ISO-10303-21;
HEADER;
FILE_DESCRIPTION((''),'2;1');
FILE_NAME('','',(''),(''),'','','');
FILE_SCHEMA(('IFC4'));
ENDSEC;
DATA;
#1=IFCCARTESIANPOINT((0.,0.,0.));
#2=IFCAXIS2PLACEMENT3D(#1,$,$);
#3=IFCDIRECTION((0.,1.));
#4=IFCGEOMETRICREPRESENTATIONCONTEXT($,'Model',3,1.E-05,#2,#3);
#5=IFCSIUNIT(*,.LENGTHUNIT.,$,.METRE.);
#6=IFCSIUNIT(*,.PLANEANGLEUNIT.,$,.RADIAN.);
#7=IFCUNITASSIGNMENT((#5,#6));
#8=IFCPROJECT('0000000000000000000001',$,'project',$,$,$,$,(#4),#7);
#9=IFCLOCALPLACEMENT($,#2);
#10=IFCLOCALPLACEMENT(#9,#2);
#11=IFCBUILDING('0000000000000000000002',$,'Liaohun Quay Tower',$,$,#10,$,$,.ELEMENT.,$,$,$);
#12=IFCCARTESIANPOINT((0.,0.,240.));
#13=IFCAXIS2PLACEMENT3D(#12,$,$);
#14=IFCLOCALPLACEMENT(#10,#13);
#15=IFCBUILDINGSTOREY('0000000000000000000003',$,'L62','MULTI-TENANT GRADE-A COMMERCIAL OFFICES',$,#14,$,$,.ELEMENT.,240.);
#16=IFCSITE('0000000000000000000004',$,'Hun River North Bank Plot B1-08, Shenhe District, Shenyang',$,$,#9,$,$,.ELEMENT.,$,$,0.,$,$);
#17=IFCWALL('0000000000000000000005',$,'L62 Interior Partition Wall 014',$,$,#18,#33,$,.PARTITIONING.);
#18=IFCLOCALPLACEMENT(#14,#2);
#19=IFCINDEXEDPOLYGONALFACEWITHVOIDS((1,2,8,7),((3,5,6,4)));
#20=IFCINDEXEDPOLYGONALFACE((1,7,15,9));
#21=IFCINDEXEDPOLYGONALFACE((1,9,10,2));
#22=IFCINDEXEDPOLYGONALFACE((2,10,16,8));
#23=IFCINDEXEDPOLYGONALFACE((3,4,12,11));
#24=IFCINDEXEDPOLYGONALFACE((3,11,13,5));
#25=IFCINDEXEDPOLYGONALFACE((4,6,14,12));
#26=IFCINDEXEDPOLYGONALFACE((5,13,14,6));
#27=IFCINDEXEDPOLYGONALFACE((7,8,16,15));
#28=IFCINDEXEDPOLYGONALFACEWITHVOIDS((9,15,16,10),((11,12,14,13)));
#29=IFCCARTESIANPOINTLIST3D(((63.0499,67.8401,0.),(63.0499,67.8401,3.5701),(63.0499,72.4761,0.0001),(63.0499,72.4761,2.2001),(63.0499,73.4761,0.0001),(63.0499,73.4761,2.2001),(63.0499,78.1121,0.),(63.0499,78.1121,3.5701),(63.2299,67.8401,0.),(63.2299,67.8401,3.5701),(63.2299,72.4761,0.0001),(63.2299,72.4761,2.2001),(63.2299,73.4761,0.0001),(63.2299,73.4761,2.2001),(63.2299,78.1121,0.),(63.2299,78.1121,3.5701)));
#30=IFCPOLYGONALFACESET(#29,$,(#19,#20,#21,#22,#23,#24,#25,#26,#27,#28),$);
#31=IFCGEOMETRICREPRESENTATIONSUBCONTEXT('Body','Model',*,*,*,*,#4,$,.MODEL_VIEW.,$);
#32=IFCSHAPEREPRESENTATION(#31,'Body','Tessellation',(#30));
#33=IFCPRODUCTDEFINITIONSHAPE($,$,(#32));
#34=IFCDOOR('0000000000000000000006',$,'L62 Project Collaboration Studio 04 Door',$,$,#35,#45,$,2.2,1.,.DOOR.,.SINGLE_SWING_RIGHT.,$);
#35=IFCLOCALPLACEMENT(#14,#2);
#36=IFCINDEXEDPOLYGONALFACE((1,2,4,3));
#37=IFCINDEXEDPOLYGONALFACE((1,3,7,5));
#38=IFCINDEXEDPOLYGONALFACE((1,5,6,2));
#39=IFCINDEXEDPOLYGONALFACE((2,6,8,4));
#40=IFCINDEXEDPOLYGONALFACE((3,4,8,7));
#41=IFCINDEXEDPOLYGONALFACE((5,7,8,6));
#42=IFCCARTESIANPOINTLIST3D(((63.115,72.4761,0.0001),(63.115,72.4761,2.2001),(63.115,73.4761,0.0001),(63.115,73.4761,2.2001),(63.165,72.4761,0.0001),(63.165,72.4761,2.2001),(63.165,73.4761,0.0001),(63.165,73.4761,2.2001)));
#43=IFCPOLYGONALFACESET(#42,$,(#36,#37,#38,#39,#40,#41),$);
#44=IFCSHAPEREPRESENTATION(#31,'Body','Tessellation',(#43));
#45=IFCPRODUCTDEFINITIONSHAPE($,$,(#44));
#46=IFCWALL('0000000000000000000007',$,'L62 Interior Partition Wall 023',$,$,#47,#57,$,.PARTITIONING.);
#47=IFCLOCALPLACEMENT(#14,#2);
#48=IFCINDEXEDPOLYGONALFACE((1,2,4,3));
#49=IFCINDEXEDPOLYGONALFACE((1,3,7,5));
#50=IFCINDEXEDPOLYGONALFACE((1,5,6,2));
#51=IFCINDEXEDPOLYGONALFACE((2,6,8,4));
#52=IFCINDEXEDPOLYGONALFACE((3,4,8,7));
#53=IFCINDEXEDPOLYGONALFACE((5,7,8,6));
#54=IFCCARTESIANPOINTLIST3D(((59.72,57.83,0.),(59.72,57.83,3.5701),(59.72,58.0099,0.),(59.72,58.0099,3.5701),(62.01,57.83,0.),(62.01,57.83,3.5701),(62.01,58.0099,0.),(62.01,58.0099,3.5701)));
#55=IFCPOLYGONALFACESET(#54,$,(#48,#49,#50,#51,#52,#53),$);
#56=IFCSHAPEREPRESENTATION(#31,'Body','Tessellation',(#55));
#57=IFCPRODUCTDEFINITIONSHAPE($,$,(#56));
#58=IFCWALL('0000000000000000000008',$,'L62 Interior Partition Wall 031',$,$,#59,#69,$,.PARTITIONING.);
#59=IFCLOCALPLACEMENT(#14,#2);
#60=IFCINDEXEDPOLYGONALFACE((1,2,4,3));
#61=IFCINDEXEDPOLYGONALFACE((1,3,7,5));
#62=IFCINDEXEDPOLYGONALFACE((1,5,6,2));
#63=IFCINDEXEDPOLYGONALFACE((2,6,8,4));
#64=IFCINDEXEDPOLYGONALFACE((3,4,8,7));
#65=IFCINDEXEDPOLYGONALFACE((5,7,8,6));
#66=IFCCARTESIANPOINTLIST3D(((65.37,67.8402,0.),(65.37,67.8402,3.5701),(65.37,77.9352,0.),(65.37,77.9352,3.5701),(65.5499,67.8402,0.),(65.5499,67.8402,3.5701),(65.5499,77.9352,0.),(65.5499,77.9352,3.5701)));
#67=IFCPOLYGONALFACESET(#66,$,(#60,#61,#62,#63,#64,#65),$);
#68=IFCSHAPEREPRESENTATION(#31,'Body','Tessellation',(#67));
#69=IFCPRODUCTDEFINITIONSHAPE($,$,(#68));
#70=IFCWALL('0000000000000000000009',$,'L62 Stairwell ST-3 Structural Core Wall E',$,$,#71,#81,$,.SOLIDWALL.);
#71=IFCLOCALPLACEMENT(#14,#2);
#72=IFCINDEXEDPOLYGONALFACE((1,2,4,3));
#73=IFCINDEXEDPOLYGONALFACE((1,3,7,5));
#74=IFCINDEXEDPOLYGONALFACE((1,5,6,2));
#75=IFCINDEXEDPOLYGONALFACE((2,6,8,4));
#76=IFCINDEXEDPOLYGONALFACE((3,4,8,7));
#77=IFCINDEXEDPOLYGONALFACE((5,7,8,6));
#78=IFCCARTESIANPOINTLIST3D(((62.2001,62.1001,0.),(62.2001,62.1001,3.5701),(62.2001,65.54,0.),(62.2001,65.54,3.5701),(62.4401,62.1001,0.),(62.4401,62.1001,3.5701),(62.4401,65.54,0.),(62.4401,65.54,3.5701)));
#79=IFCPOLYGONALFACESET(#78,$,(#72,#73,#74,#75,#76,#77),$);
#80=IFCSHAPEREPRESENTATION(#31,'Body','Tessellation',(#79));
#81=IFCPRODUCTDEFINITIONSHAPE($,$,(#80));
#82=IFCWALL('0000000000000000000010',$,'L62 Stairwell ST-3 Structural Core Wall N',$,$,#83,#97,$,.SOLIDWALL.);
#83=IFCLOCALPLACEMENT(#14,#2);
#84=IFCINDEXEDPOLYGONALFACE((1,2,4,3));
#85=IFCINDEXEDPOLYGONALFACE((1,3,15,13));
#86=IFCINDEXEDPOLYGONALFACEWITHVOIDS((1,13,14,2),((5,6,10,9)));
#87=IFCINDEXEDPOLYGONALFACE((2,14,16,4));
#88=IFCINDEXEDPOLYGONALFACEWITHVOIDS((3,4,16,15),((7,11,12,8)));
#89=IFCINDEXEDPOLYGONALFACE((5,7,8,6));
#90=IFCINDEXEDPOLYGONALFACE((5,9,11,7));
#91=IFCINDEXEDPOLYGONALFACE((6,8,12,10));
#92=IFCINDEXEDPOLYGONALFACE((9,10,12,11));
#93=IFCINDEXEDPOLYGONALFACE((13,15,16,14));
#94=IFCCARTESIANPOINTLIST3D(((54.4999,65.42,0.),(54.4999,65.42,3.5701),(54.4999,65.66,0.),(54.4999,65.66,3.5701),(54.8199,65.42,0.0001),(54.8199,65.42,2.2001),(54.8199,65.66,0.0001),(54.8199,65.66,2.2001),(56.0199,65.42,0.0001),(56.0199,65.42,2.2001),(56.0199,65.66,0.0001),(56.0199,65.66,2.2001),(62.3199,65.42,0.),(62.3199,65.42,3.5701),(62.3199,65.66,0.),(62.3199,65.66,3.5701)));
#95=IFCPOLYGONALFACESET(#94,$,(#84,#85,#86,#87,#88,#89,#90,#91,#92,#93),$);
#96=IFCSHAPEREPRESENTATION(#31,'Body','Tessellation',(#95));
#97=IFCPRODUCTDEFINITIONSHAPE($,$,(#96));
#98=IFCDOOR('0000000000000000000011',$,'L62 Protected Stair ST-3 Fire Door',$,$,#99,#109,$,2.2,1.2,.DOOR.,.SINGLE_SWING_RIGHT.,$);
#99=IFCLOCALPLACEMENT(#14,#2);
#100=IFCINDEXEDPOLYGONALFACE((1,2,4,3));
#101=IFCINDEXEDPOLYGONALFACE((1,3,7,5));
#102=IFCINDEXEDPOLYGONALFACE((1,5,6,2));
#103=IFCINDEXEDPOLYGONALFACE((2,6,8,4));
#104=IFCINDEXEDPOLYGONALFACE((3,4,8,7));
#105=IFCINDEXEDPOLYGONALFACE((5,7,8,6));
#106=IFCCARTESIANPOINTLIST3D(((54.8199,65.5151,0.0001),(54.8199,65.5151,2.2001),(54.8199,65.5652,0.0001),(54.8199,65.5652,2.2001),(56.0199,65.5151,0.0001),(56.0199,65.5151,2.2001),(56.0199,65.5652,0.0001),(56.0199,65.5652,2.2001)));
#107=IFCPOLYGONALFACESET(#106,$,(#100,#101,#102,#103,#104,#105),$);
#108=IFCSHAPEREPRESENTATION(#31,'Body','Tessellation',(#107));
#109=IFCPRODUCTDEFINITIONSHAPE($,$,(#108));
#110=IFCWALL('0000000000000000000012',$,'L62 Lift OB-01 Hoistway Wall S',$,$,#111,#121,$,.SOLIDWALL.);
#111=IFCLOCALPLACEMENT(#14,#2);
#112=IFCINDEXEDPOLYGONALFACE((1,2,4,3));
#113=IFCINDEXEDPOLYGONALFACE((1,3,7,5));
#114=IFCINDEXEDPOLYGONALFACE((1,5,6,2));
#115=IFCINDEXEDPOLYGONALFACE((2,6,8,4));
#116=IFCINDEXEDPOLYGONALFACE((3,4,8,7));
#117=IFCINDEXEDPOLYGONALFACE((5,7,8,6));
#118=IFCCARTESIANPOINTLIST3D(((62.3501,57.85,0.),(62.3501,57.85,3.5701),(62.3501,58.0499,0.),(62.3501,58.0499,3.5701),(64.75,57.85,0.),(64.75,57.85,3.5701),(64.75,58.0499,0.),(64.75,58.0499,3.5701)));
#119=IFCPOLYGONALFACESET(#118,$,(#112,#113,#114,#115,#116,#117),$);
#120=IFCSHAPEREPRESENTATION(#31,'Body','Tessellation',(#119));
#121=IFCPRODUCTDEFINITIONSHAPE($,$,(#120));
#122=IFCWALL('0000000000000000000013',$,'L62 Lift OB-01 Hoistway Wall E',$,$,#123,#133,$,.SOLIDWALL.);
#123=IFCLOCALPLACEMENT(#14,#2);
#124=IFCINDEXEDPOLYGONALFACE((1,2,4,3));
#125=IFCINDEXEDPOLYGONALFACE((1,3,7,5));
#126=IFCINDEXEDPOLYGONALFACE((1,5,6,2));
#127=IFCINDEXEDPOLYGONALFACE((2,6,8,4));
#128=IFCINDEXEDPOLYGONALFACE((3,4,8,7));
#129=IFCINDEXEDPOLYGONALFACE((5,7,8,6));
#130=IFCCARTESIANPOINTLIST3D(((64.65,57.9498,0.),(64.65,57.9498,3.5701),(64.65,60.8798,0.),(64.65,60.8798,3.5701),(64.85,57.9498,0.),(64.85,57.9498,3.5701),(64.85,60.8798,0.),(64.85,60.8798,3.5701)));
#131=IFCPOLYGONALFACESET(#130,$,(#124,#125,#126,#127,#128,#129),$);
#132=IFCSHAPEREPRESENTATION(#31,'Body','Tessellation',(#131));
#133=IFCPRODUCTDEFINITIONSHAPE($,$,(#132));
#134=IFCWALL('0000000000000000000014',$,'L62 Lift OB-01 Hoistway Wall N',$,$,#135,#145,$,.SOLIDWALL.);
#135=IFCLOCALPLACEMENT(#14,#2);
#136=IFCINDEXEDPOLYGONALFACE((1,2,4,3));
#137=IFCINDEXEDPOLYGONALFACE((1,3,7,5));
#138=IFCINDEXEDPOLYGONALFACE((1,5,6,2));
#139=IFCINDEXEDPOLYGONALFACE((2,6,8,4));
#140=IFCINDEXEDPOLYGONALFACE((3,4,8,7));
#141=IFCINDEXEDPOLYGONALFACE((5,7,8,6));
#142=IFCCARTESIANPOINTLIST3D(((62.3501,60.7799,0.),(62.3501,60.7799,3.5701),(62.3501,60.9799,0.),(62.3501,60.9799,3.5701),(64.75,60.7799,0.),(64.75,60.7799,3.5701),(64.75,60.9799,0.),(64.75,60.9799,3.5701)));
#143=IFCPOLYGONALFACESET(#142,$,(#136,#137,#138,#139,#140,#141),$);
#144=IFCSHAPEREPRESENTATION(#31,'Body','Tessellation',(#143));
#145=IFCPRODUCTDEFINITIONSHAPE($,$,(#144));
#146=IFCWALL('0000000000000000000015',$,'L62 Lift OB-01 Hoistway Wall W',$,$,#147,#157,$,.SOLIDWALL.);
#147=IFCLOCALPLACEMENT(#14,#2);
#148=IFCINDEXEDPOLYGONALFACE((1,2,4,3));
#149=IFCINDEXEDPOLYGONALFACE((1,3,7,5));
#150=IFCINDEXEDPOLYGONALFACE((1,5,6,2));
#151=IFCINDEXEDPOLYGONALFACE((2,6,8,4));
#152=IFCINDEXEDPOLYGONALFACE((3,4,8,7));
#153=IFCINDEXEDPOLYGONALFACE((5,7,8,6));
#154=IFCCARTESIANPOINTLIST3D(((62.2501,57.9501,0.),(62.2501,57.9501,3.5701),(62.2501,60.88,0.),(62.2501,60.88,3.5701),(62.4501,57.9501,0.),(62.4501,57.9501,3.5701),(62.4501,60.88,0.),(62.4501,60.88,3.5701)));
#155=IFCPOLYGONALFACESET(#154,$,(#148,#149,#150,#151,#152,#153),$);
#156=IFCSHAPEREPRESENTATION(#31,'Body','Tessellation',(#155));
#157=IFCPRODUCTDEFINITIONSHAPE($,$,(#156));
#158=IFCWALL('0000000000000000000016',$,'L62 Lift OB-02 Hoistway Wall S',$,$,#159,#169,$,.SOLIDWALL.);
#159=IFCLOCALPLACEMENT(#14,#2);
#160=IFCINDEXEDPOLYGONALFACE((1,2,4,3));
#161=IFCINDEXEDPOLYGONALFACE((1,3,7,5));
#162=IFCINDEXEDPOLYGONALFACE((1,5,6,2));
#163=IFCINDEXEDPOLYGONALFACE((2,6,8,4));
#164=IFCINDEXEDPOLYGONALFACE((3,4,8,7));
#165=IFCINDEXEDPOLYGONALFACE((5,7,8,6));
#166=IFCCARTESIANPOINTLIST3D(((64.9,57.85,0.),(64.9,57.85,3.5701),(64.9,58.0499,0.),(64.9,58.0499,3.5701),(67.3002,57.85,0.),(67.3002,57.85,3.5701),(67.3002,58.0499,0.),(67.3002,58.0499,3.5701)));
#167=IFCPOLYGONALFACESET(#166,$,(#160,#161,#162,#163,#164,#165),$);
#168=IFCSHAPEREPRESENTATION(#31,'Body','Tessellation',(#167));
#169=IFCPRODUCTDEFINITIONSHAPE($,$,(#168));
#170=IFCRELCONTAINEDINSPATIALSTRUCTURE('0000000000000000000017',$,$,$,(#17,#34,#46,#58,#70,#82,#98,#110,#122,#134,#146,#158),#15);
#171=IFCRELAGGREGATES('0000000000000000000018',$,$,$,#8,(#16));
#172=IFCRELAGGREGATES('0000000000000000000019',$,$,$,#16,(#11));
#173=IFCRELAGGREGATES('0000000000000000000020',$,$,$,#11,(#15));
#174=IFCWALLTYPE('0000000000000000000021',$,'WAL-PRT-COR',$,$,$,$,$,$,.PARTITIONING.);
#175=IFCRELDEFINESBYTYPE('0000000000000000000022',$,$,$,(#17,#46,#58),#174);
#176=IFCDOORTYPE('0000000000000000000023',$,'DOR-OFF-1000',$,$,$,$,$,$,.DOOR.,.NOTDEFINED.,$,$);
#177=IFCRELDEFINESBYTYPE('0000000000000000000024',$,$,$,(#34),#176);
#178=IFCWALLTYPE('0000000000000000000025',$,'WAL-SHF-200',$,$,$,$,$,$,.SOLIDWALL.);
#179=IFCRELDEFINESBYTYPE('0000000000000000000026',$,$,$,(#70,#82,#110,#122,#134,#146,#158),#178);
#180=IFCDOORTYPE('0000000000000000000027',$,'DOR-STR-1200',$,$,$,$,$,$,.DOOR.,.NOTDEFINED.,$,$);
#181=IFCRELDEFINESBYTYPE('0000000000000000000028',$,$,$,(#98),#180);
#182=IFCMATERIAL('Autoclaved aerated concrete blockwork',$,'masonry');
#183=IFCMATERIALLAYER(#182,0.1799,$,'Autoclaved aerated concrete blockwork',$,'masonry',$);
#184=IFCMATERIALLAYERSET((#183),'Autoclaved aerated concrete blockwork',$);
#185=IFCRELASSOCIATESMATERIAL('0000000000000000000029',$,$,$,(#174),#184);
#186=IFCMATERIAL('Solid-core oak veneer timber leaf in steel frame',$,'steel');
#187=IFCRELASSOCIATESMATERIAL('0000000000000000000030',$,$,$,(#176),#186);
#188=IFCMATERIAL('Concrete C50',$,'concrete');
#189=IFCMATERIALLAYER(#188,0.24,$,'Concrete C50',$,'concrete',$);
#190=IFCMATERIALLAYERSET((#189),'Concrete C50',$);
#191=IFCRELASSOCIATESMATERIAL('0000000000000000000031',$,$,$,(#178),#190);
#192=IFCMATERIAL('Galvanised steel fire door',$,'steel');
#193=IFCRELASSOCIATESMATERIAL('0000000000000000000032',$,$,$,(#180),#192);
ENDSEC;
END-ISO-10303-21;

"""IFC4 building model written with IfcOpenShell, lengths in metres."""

from ifc_helpers import new_model, si_unit, direction, frame, frame_2d, origin, place, context, subcontext, project, spatial, rectangle, extrude, source, transform, mapped, material, layer, layer_set, type_object, element, fill, save


model = new_model("IFC4")

# Units and contexts
model_context = context("Model", 3, precision=1e-05, world=origin(), true_north=direction((0.0, 1.0)))
body_context = subcontext(model_context, "Body", "Model", "MODEL_VIEW")
ifc_project = project(units=[si_unit("LENGTHUNIT", "METRE"), si_unit("PLANEANGLEUNIT", "RADIAN")], contexts=[model_context])

# Site, building, storey
site_placement = place(None, origin())
site = spatial("IfcSite", under=ifc_project, at=site_placement, Name="Hun River North Bank Plot B1-08, Shenhe District, Shenyang", CompositionType="ELEMENT", RefElevation=0.0)
building_placement = place(site_placement, origin())
building = spatial("IfcBuilding", under=site, at=building_placement, Name="Liaohun Quay Tower", CompositionType="ELEMENT")
storey_placement = place(building_placement, frame((0.0, 0.0, 240.0)))
storey = spatial("IfcBuildingStorey", under=building, at=storey_placement, Name="L62", Description="MULTI-TENANT GRADE-A COMMERCIAL OFFICES", CompositionType="ELEMENT", Elevation=240.0)

# Wall, opening, door
ifc_material_1 = material(Name="Autoclaved aerated concrete blockwork", Category="masonry")
ifc_layer_1 = layer(ifc_material_1, 0.1799, Name="Autoclaved aerated concrete blockwork", Category="masonry")
ifc_layer_set_1 = layer_set([ifc_layer_1], Name="Autoclaved aerated concrete blockwork")
wall_type_1 = type_object("IfcWallType", Name="WAL-PRT-COR", PredefinedType="PARTITIONING", material=ifc_layer_set_1)
shared_shape_1 = source(origin(), body_context, "Body", "SweptSolid", [
    extrude(rectangle(XDim=1.0, YDim=2.2, at=frame_2d((0.5, 1.1001))), frame((0.0, 0.0999, 0.0), z_axis=(0.0, -1.0, 0.0), x_axis=(1.0, 0.0, 0.0)), (0.0, 0.0, 1.0), 0.2),
])
ifc_material_2 = material(Name="Solid-core oak veneer timber leaf in steel frame", Category="steel")
door_type_1 = type_object("IfcDoorType", Name="DOR-OFF-1000", OperationType="NOTDEFINED", PredefinedType="DOOR", material=ifc_material_2)
shared_shape_2 = source(origin(), body_context, "Body", "SweptSolid", [
    extrude(rectangle(XDim=1.0, YDim=2.2, at=frame_2d((0.5, 1.1001))), frame((0.0, 0.0249, 0.0), z_axis=(0.0, -1.0, 0.0), x_axis=(1.0, 0.0, 0.0)), (0.0, 0.0, 1.0), 0.05),
])
wall_1_placement = place(storey_placement, frame((63.1399, 67.8401, 0.0), z_axis=(0.0, 0.0, 1.0), x_axis=(0.0, 1.0, 0.0)))
wall_1 = element("IfcWall", 1, at=wall_1_placement, inside=storey, type_object=wall_type_1, Name="L62 Interior Partition Wall 014", PredefinedType="PARTITIONING", context=body_context, shape_type="SweptSolid", body=[
    extrude(rectangle(XDim=10.272, YDim=0.1799, at=frame_2d((5.136, 0.0))), origin(), (0.0, 0.0, 1.0), 3.5701),
])
opening_1_placement = place(wall_1_placement, frame((4.636, 0.0, 0.0)))
opening_1 = element("IfcOpeningElement", 2, at=opening_1_placement, cuts=wall_1, PredefinedType="OPENING", context=body_context, shape_type="MappedRepresentation", body=[
    mapped(shared_shape_1, transform((0.0, 0.0, 0.0), x_axis=(1.0, 0.0, 0.0), y_axis=(0.0, 1.0, 0.0), z_axis=(0.0, 0.0, 1.0), scale=1.0)),
])
door_1_placement = place(opening_1_placement, origin())
door_1 = element("IfcDoor", 3, at=door_1_placement, inside=storey, type_object=door_type_1, Name="L62 Project Collaboration Studio 04 Door", OperationType="SINGLE_SWING_RIGHT", OverallHeight=2.2, OverallWidth=1.0, PredefinedType="DOOR", context=body_context, shape_type="MappedRepresentation", body=[
    mapped(shared_shape_2, transform((0.0, 0.0, 0.0), x_axis=(1.0, 0.0, 0.0), y_axis=(0.0, 1.0, 0.0), z_axis=(0.0, 0.0, 1.0), scale=1.0)),
])
fill(opening_1, door_1)

# Walls
wall_2_placement = place(storey_placement, frame((59.72, 57.9199, 0.0), z_axis=(0.0, 0.0, 1.0), x_axis=(1.0, 0.0, 0.0)))
element("IfcWall", 4, at=wall_2_placement, inside=storey, type_object=wall_type_1, Name="L62 Interior Partition Wall 023", PredefinedType="PARTITIONING", context=body_context, shape_type="SweptSolid", body=[
    extrude(rectangle(XDim=2.29, YDim=0.1799, at=frame_2d((1.145, 0.0))), origin(), (0.0, 0.0, 1.0), 3.5701),
])
wall_3_placement = place(storey_placement, frame((65.46, 77.9351, 0.0), z_axis=(0.0, 0.0, 1.0), x_axis=(0.0, -1.0, 0.0)))
element("IfcWall", 5, at=wall_3_placement, inside=storey, type_object=wall_type_1, Name="L62 Interior Partition Wall 031", PredefinedType="PARTITIONING", context=body_context, shape_type="SweptSolid", body=[
    extrude(rectangle(XDim=10.095, YDim=0.1799, at=frame_2d((5.0474, 0.0))), origin(), (0.0, 0.0, 1.0), 3.5701),
])
ifc_material_3 = material(Name="Concrete C50", Category="concrete")
ifc_layer_2 = layer(ifc_material_3, 0.24, Name="Concrete C50", Category="concrete")
ifc_layer_set_2 = layer_set([ifc_layer_2], Name="Concrete C50")
wall_type_2 = type_object("IfcWallType", Name="WAL-SHF-200", PredefinedType="SOLIDWALL", material=ifc_layer_set_2)
wall_4_placement = place(storey_placement, frame((62.3201, 62.1001, 0.0), z_axis=(0.0, 0.0, 1.0), x_axis=(0.0, 1.0, 0.0)))
element("IfcWall", 6, at=wall_4_placement, inside=storey, type_object=wall_type_2, Name="L62 Stairwell ST-3 Structural Core Wall E", PredefinedType="SOLIDWALL", context=body_context, shape_type="SweptSolid", body=[
    extrude(rectangle(XDim=3.4399, YDim=0.24, at=frame_2d((1.72, 0.0))), origin(), (0.0, 0.0, 1.0), 3.5701),
])

# Wall, opening, door
wall_5_placement = place(storey_placement, frame((62.3201, 65.54, 0.0), z_axis=(0.0, 0.0, 1.0), x_axis=(-1.0, 0.0, 0.0)))
wall_5 = element("IfcWall", 7, at=wall_5_placement, inside=storey, type_object=wall_type_2, Name="L62 Stairwell ST-3 Structural Core Wall N", PredefinedType="SOLIDWALL", context=body_context, shape_type="SweptSolid", body=[
    extrude(rectangle(XDim=7.8201, YDim=0.24, at=frame_2d((3.9102, 0.0))), origin(), (0.0, 0.0, 1.0), 3.5701),
])
shared_shape_3 = source(origin(), body_context, "Body", "SweptSolid", [
    extrude(rectangle(XDim=1.2, YDim=2.2, at=frame_2d((0.6001, 1.1001))), frame((0.0, 0.1299, 0.0), z_axis=(0.0, -1.0, 0.0), x_axis=(1.0, 0.0, 0.0)), (0.0, 0.0, 1.0), 0.26),
])
opening_2_placement = place(wall_5_placement, frame((6.3, 0.0, 0.0)))
opening_2 = element("IfcOpeningElement", 8, at=opening_2_placement, cuts=wall_5, PredefinedType="OPENING", context=body_context, shape_type="MappedRepresentation", body=[
    mapped(shared_shape_3, transform((0.0, 0.0, 0.0), x_axis=(1.0, 0.0, 0.0), y_axis=(0.0, 1.0, 0.0), z_axis=(0.0, 0.0, 1.0), scale=1.0)),
])
ifc_material_4 = material(Name="Galvanised steel fire door", Category="steel")
door_type_2 = type_object("IfcDoorType", Name="DOR-STR-1200", OperationType="NOTDEFINED", PredefinedType="DOOR", material=ifc_material_4)
shared_shape_4 = source(origin(), body_context, "Body", "SweptSolid", [
    extrude(rectangle(XDim=1.2, YDim=2.2, at=frame_2d((0.6001, 1.1001))), frame((0.0, 0.0249, 0.0), z_axis=(0.0, -1.0, 0.0), x_axis=(1.0, 0.0, 0.0)), (0.0, 0.0, 1.0), 0.05),
])
door_2_placement = place(opening_2_placement, origin())
door_2 = element("IfcDoor", 9, at=door_2_placement, inside=storey, type_object=door_type_2, Name="L62 Protected Stair ST-3 Fire Door", OperationType="SINGLE_SWING_RIGHT", OverallHeight=2.2, OverallWidth=1.2, PredefinedType="DOOR", context=body_context, shape_type="MappedRepresentation", body=[
    mapped(shared_shape_4, transform((0.0, 0.0, 0.0), x_axis=(1.0, 0.0, 0.0), y_axis=(0.0, 1.0, 0.0), z_axis=(0.0, 0.0, 1.0), scale=1.0)),
])
fill(opening_2, door_2)

# Walls
wall_6_placement = place(storey_placement, frame((62.3501, 57.95, 0.0), z_axis=(0.0, 0.0, 1.0), x_axis=(1.0, 0.0, 0.0)))
element("IfcWall", 10, at=wall_6_placement, inside=storey, type_object=wall_type_2, Name="L62 Lift OB-01 Hoistway Wall S", PredefinedType="SOLIDWALL", context=body_context, shape_type="SweptSolid", body=[
    extrude(rectangle(XDim=2.3999, YDim=0.2, at=frame_2d((1.2, 0.0))), origin(), (0.0, 0.0, 1.0), 3.5701),
])
wall_7_placement = place(storey_placement, frame((64.75, 57.95, 0.0), z_axis=(0.0, 0.0, 1.0), x_axis=(0.0, 1.0, 0.0)))
element("IfcWall", 11, at=wall_7_placement, inside=storey, type_object=wall_type_2, Name="L62 Lift OB-01 Hoistway Wall E", PredefinedType="SOLIDWALL", context=body_context, shape_type="SweptSolid", body=[
    extrude(rectangle(XDim=2.9299, YDim=0.2, at=frame_2d((1.4648, 0.0))), origin(), (0.0, 0.0, 1.0), 3.5701),
])
wall_8_placement = place(storey_placement, frame((64.75, 60.8799, 0.0), z_axis=(0.0, 0.0, 1.0), x_axis=(-1.0, 0.0, 0.0)))
element("IfcWall", 12, at=wall_8_placement, inside=storey, type_object=wall_type_2, Name="L62 Lift OB-01 Hoistway Wall N", PredefinedType="SOLIDWALL", context=body_context, shape_type="SweptSolid", body=[
    extrude(rectangle(XDim=2.3999, YDim=0.2, at=frame_2d((1.2, 0.0))), origin(), (0.0, 0.0, 1.0), 3.5701),
])
wall_9_placement = place(storey_placement, frame((62.3501, 60.8799, 0.0), z_axis=(0.0, 0.0, 1.0), x_axis=(0.0, -1.0, 0.0)))
element("IfcWall", 13, at=wall_9_placement, inside=storey, type_object=wall_type_2, Name="L62 Lift OB-01 Hoistway Wall W", PredefinedType="SOLIDWALL", context=body_context, shape_type="SweptSolid", body=[
    extrude(rectangle(XDim=2.9299, YDim=0.2, at=frame_2d((1.4648, 0.0))), origin(), (0.0, 0.0, 1.0), 3.5701),
])
wall_10_placement = place(storey_placement, frame((64.8999, 57.95, 0.0), z_axis=(0.0, 0.0, 1.0), x_axis=(1.0, 0.0, 0.0)))
element("IfcWall", 14, at=wall_10_placement, inside=storey, type_object=wall_type_2, Name="L62 Lift OB-02 Hoistway Wall S", PredefinedType="SOLIDWALL", context=body_context, shape_type="SweptSolid", body=[
    extrude(rectangle(XDim=2.4001, YDim=0.2, at=frame_2d((1.2002, 0.0))), origin(), (0.0, 0.0, 1.0), 3.5701),
])

save(model, "model.ifc")
